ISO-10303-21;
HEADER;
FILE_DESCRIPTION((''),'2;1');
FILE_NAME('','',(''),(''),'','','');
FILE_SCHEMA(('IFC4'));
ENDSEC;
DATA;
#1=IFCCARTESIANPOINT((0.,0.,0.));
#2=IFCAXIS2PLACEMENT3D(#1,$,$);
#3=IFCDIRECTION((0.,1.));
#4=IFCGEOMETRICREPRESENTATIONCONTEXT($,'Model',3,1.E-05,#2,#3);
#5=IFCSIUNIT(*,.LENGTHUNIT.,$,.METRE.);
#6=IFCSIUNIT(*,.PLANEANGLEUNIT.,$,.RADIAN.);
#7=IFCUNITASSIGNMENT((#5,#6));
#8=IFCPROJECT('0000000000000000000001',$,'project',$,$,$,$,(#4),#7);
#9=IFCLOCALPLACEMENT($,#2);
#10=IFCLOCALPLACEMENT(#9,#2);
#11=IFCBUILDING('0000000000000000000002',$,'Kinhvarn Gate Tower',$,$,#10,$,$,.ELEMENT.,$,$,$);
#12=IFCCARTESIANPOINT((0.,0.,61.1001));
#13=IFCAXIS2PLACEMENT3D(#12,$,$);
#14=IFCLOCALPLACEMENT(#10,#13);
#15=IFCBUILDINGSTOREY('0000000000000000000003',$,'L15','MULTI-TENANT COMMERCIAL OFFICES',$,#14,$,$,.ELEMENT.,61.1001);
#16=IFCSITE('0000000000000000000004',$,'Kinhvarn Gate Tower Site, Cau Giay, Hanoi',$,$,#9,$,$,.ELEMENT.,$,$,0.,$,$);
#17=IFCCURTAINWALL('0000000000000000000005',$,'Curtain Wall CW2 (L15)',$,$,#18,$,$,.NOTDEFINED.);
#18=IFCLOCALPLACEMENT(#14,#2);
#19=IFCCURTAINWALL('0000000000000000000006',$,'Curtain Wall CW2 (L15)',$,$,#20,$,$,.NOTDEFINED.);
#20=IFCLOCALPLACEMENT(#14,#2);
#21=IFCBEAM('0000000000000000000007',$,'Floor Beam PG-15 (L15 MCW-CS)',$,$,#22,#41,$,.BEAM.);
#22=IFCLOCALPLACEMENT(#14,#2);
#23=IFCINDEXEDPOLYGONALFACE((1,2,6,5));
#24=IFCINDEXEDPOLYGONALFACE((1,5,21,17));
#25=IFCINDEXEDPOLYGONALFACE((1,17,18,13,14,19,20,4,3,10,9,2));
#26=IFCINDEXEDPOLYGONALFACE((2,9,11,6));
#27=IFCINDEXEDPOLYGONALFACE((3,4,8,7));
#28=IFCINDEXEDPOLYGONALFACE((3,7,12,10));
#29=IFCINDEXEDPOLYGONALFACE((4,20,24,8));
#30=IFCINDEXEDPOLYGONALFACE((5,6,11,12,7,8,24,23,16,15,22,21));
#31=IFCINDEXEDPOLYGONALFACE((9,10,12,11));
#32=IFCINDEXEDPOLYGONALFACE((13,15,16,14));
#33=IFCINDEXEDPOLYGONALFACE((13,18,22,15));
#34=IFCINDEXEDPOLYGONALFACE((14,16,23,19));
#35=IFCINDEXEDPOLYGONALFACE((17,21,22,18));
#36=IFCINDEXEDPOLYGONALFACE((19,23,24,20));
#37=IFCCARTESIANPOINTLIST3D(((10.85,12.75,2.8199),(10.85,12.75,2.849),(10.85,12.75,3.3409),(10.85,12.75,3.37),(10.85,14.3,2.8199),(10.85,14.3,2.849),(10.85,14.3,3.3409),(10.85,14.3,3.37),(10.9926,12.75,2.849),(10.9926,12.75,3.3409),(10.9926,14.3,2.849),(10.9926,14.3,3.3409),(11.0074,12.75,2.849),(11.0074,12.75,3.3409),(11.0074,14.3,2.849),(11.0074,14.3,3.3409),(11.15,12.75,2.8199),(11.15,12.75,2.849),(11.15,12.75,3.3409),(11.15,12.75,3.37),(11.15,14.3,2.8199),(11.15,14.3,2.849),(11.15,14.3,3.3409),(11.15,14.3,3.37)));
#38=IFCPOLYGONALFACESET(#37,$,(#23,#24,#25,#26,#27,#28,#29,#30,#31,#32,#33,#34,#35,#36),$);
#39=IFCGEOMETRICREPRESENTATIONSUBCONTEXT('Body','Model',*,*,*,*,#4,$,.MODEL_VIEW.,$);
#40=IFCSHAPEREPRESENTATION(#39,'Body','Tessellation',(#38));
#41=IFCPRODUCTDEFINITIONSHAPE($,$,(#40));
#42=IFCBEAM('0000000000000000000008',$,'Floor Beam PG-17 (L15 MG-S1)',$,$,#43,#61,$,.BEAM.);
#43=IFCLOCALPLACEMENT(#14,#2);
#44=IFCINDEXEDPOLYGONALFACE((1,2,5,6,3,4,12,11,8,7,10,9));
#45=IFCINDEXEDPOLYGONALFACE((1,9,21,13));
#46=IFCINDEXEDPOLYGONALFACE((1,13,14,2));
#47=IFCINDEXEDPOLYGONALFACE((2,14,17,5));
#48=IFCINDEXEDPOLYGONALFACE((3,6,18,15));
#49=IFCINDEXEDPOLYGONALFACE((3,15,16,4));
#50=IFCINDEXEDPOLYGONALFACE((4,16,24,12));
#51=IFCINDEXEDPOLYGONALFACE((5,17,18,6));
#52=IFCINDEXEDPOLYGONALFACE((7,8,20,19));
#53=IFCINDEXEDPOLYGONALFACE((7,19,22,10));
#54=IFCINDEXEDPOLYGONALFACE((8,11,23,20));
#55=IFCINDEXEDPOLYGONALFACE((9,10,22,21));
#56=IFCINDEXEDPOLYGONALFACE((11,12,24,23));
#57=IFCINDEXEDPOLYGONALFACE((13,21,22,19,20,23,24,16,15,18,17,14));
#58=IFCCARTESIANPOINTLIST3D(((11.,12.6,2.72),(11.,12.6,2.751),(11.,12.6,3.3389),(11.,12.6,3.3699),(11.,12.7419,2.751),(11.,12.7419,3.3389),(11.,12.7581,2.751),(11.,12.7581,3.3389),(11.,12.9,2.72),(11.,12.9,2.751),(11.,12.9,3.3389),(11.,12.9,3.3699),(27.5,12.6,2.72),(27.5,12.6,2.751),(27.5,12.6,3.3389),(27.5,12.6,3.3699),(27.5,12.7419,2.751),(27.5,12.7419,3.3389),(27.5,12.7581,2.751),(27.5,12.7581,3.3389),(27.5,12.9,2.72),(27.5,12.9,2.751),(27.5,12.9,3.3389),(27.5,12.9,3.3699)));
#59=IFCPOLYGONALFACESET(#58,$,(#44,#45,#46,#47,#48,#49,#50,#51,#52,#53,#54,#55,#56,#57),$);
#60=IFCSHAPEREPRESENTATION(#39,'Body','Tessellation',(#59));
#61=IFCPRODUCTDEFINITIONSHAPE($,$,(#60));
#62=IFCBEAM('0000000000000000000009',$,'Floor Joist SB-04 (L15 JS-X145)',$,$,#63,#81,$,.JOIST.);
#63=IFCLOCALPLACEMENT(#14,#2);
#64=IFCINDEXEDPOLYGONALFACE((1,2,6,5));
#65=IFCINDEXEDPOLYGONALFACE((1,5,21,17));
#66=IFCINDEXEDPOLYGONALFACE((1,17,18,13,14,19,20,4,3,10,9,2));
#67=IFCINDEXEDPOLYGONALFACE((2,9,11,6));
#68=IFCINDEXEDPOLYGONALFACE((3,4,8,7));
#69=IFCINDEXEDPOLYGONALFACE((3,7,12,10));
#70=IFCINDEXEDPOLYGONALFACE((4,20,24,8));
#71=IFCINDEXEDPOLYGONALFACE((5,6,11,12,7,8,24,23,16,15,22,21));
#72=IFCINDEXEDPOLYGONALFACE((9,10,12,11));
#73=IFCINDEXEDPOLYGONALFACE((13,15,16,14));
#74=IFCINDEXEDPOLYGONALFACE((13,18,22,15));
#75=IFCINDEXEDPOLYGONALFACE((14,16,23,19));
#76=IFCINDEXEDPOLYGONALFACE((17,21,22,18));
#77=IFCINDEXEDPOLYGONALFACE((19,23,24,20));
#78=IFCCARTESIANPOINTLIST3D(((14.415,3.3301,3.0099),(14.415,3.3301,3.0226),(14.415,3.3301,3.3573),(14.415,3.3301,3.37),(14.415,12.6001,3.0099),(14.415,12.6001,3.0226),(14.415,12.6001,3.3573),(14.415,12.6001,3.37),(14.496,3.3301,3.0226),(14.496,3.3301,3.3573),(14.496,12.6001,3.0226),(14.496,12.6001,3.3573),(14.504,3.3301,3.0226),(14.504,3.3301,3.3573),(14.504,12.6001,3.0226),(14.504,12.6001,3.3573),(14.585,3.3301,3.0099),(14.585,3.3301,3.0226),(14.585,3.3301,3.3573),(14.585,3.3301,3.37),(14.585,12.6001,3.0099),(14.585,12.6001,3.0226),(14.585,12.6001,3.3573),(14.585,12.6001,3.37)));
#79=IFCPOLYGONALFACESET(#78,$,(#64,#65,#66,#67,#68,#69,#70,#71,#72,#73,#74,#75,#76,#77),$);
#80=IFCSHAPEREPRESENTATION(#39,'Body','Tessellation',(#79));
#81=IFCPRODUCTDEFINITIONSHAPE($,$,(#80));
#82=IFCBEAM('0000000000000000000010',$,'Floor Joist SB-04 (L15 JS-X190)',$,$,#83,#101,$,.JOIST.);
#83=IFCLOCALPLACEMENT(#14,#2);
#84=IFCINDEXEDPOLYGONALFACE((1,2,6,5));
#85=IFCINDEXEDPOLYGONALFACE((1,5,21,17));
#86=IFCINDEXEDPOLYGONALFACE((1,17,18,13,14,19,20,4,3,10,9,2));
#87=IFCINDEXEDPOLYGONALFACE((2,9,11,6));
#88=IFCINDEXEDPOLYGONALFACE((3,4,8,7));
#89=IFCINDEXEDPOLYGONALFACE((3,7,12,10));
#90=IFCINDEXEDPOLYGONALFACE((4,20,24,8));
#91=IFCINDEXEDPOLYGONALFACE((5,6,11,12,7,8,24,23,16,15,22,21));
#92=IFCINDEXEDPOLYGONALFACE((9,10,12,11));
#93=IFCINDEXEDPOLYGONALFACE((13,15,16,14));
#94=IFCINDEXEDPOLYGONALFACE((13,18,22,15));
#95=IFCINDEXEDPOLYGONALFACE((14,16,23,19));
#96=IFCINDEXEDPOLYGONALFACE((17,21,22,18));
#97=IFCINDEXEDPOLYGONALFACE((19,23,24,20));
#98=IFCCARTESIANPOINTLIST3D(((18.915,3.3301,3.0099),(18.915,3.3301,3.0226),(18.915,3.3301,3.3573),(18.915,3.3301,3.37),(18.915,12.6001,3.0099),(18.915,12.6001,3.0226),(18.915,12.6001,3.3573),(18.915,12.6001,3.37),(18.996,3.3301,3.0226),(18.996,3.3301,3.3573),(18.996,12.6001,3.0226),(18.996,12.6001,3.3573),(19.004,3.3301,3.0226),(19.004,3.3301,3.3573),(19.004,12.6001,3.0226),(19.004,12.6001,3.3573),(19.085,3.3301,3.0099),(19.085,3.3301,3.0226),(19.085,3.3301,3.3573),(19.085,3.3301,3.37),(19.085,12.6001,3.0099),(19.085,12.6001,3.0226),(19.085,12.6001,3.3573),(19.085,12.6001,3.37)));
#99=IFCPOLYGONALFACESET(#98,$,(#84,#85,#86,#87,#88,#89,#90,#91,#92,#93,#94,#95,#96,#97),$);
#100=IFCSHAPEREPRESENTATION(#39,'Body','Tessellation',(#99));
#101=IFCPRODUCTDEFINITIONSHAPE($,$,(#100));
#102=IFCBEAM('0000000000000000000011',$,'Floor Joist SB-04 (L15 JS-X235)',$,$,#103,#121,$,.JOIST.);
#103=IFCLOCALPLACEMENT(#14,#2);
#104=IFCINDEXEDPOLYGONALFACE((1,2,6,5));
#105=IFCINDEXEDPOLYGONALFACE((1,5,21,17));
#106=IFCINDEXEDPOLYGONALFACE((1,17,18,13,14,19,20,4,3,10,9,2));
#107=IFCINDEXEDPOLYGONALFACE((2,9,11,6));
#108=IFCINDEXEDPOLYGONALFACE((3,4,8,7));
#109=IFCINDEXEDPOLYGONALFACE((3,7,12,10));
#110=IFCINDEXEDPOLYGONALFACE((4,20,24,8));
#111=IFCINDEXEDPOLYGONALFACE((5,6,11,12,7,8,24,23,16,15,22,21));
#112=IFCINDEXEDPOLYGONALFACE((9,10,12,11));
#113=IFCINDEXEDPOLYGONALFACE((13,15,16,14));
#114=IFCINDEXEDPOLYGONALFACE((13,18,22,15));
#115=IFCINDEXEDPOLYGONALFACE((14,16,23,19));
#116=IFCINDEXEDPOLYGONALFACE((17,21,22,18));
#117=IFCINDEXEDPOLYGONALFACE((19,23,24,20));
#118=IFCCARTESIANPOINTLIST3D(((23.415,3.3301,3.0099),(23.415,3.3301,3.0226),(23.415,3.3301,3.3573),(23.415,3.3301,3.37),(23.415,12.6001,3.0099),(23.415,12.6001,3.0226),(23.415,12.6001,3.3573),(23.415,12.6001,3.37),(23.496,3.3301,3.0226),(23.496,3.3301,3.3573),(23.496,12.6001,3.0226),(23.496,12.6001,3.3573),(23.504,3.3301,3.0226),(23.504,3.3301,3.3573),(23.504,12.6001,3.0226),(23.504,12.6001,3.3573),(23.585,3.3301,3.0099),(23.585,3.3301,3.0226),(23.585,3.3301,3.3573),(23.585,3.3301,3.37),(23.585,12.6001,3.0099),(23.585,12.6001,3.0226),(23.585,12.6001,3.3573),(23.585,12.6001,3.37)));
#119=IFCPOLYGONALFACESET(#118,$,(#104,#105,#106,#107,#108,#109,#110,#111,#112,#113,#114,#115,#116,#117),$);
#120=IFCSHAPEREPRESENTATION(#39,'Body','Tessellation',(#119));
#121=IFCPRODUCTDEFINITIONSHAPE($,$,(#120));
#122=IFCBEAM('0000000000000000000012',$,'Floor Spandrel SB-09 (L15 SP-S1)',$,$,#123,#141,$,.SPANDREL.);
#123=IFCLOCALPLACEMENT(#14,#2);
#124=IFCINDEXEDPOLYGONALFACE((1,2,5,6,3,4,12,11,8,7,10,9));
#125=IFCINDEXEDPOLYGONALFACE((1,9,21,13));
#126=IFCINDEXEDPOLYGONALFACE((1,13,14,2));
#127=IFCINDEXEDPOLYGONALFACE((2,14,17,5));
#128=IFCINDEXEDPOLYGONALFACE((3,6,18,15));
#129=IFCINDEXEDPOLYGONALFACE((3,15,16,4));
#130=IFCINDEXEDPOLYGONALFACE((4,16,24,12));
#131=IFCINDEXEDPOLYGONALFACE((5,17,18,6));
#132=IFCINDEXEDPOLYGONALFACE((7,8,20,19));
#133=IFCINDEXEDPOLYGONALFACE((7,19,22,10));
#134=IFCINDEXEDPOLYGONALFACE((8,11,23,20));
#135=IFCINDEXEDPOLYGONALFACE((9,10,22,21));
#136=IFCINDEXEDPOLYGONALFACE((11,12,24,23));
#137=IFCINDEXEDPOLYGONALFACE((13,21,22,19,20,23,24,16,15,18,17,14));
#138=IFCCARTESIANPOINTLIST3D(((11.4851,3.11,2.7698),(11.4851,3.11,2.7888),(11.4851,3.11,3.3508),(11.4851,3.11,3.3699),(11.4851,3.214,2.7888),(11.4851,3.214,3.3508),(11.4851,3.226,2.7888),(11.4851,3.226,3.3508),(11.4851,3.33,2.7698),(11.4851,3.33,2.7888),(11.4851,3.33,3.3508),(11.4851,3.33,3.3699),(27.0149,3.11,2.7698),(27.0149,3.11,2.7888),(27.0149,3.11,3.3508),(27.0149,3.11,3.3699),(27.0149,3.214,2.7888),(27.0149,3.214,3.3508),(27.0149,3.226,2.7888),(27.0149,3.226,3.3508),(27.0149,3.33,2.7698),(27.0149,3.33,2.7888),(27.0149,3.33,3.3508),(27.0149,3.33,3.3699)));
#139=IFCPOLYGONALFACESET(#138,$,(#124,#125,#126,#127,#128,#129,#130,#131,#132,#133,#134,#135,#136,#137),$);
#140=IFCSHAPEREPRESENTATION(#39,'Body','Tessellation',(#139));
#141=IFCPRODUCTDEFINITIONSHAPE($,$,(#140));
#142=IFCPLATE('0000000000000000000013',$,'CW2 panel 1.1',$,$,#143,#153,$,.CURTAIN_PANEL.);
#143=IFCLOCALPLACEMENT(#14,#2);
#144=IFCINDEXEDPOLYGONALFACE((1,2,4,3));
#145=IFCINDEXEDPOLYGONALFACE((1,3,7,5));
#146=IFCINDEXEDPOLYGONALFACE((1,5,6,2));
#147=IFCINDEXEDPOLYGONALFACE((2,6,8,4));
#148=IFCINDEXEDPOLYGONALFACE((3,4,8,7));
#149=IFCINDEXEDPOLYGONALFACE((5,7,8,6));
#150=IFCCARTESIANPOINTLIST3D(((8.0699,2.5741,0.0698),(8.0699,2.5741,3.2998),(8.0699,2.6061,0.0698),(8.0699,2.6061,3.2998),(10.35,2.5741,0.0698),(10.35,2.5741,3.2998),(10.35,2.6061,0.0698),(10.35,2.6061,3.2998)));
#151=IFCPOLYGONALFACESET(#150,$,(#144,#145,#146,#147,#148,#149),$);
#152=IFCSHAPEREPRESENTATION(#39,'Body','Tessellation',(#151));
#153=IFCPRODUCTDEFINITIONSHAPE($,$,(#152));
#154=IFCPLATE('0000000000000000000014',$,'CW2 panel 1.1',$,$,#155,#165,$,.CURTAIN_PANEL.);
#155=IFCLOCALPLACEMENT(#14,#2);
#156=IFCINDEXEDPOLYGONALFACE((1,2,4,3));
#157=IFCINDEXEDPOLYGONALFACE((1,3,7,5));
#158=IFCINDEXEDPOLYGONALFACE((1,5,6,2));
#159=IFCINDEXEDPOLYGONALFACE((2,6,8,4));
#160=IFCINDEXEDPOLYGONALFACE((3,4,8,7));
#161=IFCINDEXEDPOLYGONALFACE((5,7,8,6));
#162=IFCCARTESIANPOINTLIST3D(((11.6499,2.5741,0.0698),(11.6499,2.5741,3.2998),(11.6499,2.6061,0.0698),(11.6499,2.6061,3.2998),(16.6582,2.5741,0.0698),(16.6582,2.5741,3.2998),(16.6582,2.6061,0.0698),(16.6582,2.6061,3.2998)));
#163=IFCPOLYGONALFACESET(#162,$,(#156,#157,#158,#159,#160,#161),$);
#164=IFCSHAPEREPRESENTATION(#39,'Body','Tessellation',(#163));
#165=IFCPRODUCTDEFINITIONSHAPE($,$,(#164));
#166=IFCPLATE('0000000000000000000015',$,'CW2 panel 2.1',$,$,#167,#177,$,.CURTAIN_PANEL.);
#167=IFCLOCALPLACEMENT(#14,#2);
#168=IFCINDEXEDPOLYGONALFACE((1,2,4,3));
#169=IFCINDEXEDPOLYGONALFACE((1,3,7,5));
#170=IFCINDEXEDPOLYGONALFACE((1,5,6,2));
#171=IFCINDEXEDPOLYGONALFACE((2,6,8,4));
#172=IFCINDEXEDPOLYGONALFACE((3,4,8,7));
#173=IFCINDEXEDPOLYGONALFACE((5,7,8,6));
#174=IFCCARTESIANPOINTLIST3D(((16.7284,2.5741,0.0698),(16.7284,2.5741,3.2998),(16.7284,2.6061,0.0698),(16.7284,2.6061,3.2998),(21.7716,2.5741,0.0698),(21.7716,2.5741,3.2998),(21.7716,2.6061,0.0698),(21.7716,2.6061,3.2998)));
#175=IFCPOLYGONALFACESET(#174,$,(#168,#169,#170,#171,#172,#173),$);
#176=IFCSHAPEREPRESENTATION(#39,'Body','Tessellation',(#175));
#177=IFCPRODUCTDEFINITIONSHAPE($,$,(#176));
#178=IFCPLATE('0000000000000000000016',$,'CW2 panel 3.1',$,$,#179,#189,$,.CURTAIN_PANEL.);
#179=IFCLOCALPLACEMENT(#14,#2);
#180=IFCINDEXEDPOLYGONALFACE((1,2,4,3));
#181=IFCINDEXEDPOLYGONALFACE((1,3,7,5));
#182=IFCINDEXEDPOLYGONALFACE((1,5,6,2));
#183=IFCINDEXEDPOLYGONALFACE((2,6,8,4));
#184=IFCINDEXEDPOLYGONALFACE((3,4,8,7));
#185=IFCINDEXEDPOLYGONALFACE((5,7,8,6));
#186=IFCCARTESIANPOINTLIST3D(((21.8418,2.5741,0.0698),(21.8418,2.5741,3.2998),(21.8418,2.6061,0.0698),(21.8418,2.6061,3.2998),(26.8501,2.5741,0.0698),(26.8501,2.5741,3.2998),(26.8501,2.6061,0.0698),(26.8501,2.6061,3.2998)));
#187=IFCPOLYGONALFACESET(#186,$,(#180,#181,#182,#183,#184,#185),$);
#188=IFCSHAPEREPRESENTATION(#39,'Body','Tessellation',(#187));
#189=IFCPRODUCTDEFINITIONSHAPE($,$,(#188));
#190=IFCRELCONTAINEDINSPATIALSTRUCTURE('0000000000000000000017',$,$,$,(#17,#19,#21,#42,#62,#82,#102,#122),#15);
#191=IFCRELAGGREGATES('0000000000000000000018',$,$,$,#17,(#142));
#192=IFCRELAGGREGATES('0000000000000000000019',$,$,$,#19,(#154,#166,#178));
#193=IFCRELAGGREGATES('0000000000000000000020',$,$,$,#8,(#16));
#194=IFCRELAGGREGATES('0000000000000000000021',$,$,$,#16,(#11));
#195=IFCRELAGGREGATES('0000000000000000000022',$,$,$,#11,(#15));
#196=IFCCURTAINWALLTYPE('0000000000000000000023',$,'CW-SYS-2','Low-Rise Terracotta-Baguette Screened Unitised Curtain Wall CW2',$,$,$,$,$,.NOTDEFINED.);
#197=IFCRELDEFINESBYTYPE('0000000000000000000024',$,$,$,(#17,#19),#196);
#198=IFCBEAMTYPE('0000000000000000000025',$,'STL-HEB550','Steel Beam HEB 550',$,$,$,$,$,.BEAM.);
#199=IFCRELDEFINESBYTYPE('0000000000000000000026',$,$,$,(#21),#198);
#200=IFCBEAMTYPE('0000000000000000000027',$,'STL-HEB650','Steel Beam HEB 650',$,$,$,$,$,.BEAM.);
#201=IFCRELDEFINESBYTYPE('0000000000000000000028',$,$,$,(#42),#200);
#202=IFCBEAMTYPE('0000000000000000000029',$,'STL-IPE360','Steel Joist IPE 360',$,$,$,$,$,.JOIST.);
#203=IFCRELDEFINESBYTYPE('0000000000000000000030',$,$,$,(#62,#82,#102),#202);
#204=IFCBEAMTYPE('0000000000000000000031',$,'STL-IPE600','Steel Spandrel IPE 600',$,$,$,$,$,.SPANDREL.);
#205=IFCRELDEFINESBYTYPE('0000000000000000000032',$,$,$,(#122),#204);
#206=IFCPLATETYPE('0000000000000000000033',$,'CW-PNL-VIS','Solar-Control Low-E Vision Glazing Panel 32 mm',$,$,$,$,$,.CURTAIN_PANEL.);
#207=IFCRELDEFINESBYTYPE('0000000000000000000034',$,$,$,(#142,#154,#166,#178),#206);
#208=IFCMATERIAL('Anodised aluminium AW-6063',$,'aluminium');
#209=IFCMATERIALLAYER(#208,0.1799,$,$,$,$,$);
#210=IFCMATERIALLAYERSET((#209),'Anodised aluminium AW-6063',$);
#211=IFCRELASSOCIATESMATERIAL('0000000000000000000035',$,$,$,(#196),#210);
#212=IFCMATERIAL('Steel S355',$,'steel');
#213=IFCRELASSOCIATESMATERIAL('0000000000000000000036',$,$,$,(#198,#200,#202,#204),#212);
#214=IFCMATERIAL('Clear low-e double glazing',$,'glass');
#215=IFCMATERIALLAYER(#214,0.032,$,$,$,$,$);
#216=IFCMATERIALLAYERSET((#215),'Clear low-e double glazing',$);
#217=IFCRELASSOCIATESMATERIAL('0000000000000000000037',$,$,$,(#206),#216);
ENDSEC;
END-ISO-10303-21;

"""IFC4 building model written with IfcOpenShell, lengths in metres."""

from ifc_helpers import new_model, si_unit, direction, frame, origin, origin_2d, place, context, subcontext, project, spatial, rectangle, i_section, extrude, material, layer, layer_set, material_profile, profile_set, type_object, element, aggregate, save


model = new_model("IFC4")

# Units and contexts
model_context = context("Model", 3, precision=1e-05, world=origin(), true_north=direction((0.0, 1.0)))
body_context = subcontext(model_context, "Body", "Model", "MODEL_VIEW")
ifc_project = project(units=[si_unit("LENGTHUNIT", "METRE"), si_unit("PLANEANGLEUNIT", "RADIAN")], contexts=[model_context])

# Site, building, storey
site_placement = place(None, origin())
site = spatial("IfcSite", under=ifc_project, at=site_placement, Name="Kinhvarn Gate Tower Site, Cau Giay, Hanoi", CompositionType="ELEMENT", RefElevation=0.0)
building_placement = place(site_placement, origin())
building = spatial("IfcBuilding", under=site, at=building_placement, Name="Kinhvarn Gate Tower", CompositionType="ELEMENT")
storey_placement = place(building_placement, frame((0.0, 0.0, 61.1001)))
storey = spatial("IfcBuildingStorey", under=building, at=storey_placement, Name="L15", Description="MULTI-TENANT COMMERCIAL OFFICES", CompositionType="ELEMENT", Elevation=61.1001)

# Curtain wall
ifc_material_1 = material(Name="Anodised aluminium AW-6063", Category="aluminium")
ifc_layer_1 = layer(ifc_material_1, 0.1799)
ifc_layer_set_1 = layer_set([ifc_layer_1], Name="Anodised aluminium AW-6063")
curtain_wall_type = type_object("IfcCurtainWallType", Name="CW-SYS-2", Description="Low-Rise Terracotta-Baguette Screened Unitised Curtain Wall CW2", PredefinedType="NOTDEFINED", material=ifc_layer_set_1)
curtain_wall_1_placement = place(storey_placement, origin())
curtain_wall_1 = element("IfcCurtainWall", 1, at=curtain_wall_1_placement, inside=storey, type_object=curtain_wall_type, Name="Curtain Wall CW2 (L15)", PredefinedType="NOTDEFINED")

# Curtain wall
curtain_wall_2_placement = place(storey_placement, origin())
curtain_wall_2 = element("IfcCurtainWall", 2, at=curtain_wall_2_placement, inside=storey, type_object=curtain_wall_type, Name="Curtain Wall CW2 (L15)", PredefinedType="NOTDEFINED")

# Beams
ifc_material_2 = material(Name="Steel S355", Category="steel")
ifc_material_profile_1 = material_profile(ifc_material_2, i_section(OverallWidth=0.3, OverallDepth=0.55, WebThickness=0.0149, FlangeThickness=0.0291, at=origin_2d()), Name="HEB 550")
ifc_profile_set_1 = profile_set([ifc_material_profile_1], Name="Steel S355")
beam_type_1 = type_object("IfcBeamType", Name="STL-HEB550", Description="Steel Beam HEB 550", PredefinedType="BEAM", material=ifc_profile_set_1)
beam_1_placement = place(storey_placement, frame((11.0, 12.75, 3.095), z_axis=(0.0, 1.0, 0.0), x_axis=(-1.0, 0.0, 0.0)))
element("IfcBeam", 3, at=beam_1_placement, inside=storey, type_object=beam_type_1, Name="Floor Beam PG-15 (L15 MCW-CS)", PredefinedType="BEAM", context=body_context, shape_type="SweptSolid", body=[
    extrude(i_section(OverallWidth=0.3, OverallDepth=0.55, WebThickness=0.0149, FlangeThickness=0.0291, at=origin_2d()), origin(), (0.0, 0.0, 1.0), 1.55),
])
ifc_material_profile_2 = material_profile(ifc_material_2, i_section(OverallWidth=0.3, OverallDepth=0.6499, WebThickness=0.0161, FlangeThickness=0.031, at=origin_2d()), Name="HEB 650")
ifc_profile_set_2 = profile_set([ifc_material_profile_2], Name="Steel S355")
beam_type_2 = type_object("IfcBeamType", Name="STL-HEB650", Description="Steel Beam HEB 650", PredefinedType="BEAM", material=ifc_profile_set_2)
beam_2_placement = place(storey_placement, frame((11.0, 12.75, 3.0449), z_axis=(1.0, 0.0, 0.0), x_axis=(0.0, 1.0, 0.0)))
element("IfcBeam", 4, at=beam_2_placement, inside=storey, type_object=beam_type_2, Name="Floor Beam PG-17 (L15 MG-S1)", PredefinedType="BEAM", context=body_context, shape_type="SweptSolid", body=[
    extrude(i_section(OverallWidth=0.3, OverallDepth=0.6499, WebThickness=0.0161, FlangeThickness=0.031, at=origin_2d()), origin(), (0.0, 0.0, 1.0), 16.5),
])
ifc_material_profile_3 = material_profile(ifc_material_2, i_section(OverallWidth=0.1699, OverallDepth=0.3601, WebThickness=0.0081, FlangeThickness=0.0127, at=origin_2d()), Name="IPE 360")
ifc_profile_set_3 = profile_set([ifc_material_profile_3], Name="Steel S355")
beam_type_3 = type_object("IfcBeamType", Name="STL-IPE360", Description="Steel Joist IPE 360", PredefinedType="JOIST", material=ifc_profile_set_3)
for number, where, z_axis, x_axis, name in (
    (5, (14.5, 3.3301, 3.1899), (0.0, 1.0, 0.0), (-1.0, 0.0, 0.0), "Floor Joist SB-04 (L15 JS-X145)"),
    (6, (19.0, 3.3301, 3.1899), (0.0, 1.0, 0.0), (-1.0, 0.0, 0.0), "Floor Joist SB-04 (L15 JS-X190)"),
    (7, (23.5, 3.3301, 3.1899), (0.0, 1.0, 0.0), (-1.0, 0.0, 0.0), "Floor Joist SB-04 (L15 JS-X235)"),
):
    element("IfcBeam", number, at=place(storey_placement, frame(where, z_axis=z_axis, x_axis=x_axis)), inside=storey, type_object=beam_type_3, Name=name, PredefinedType="JOIST", context=body_context, shape_type="SweptSolid", body=[
        extrude(i_section(OverallWidth=0.1699, OverallDepth=0.3601, WebThickness=0.0081, FlangeThickness=0.0127, at=origin_2d()), origin(), (0.0, 0.0, 1.0), 9.27),
    ])
ifc_material_profile_4 = material_profile(ifc_material_2, i_section(OverallWidth=0.22, OverallDepth=0.6001, WebThickness=0.012, FlangeThickness=0.019, at=origin_2d()), Name="IPE 600")
ifc_profile_set_4 = profile_set([ifc_material_profile_4], Name="Steel S355")
beam_type_4 = type_object("IfcBeamType", Name="STL-IPE600", Description="Steel Spandrel IPE 600", PredefinedType="SPANDREL", material=ifc_profile_set_4)
beam_3_placement = place(storey_placement, frame((11.4851, 3.22, 3.0698), z_axis=(1.0, 0.0, 0.0), x_axis=(0.0, 1.0, 0.0)))
element("IfcBeam", 8, at=beam_3_placement, inside=storey, type_object=beam_type_4, Name="Floor Spandrel SB-09 (L15 SP-S1)", PredefinedType="SPANDREL", context=body_context, shape_type="SweptSolid", body=[
    extrude(i_section(OverallWidth=0.22, OverallDepth=0.6001, WebThickness=0.012, FlangeThickness=0.019, at=origin_2d()), origin(), (0.0, 0.0, 1.0), 15.5298),
])

# Plates
ifc_material_3 = material(Name="Clear low-e double glazing", Category="glass")
ifc_layer_2 = layer(ifc_material_3, 0.032)
ifc_layer_set_2 = layer_set([ifc_layer_2], Name="Clear low-e double glazing")
plate_type = type_object("IfcPlateType", Name="CW-PNL-VIS", Description="Solar-Control Low-E Vision Glazing Panel 32 mm", PredefinedType="CURTAIN_PANEL", material=ifc_layer_set_2)
plate_1_placement = place(storey_placement, frame((9.21, 2.5901, 0.0698), z_axis=(0.0, 0.0, 1.0), x_axis=(1.0, 0.0, 0.0)))
plate_1 = element("IfcPlate", 9, at=plate_1_placement, type_object=plate_type, Name="CW2 panel 1.1", PredefinedType="CURTAIN_PANEL", context=body_context, shape_type="SweptSolid", body=[
    extrude(rectangle(XDim=2.28, YDim=0.032, at=origin_2d()), origin(), (0.0, 0.0, 1.0), 3.23),
])
aggregate(curtain_wall_1, [plate_1])
plate_2_placement = place(storey_placement, frame((14.1541, 2.5901, 0.0698), z_axis=(0.0, 0.0, 1.0), x_axis=(1.0, 0.0, 0.0)))
plate_2 = element("IfcPlate", 10, at=plate_2_placement, type_object=plate_type, Name="CW2 panel 1.1", PredefinedType="CURTAIN_PANEL", context=body_context, shape_type="SweptSolid", body=[
    extrude(rectangle(XDim=5.0083, YDim=0.032, at=origin_2d()), origin(), (0.0, 0.0, 1.0), 3.23),
])
plate_3_placement = place(storey_placement, frame((19.25, 2.5901, 0.0698), z_axis=(0.0, 0.0, 1.0), x_axis=(1.0, 0.0, 0.0)))
plate_3 = element("IfcPlate", 11, at=plate_3_placement, type_object=plate_type, Name="CW2 panel 2.1", PredefinedType="CURTAIN_PANEL", context=body_context, shape_type="SweptSolid", body=[
    extrude(rectangle(XDim=5.0432, YDim=0.032, at=origin_2d()), origin(), (0.0, 0.0, 1.0), 3.23),
])
plate_4_placement = place(storey_placement, frame((24.3459, 2.5901, 0.0698), z_axis=(0.0, 0.0, 1.0), x_axis=(1.0, 0.0, 0.0)))
plate_4 = element("IfcPlate", 12, at=plate_4_placement, type_object=plate_type, Name="CW2 panel 3.1", PredefinedType="CURTAIN_PANEL", context=body_context, shape_type="SweptSolid", body=[
    extrude(rectangle(XDim=5.0083, YDim=0.032, at=origin_2d()), origin(), (0.0, 0.0, 1.0), 3.23),
])
aggregate(curtain_wall_2, [plate_2, plate_3, plate_4])

save(model, "model.ifc")
